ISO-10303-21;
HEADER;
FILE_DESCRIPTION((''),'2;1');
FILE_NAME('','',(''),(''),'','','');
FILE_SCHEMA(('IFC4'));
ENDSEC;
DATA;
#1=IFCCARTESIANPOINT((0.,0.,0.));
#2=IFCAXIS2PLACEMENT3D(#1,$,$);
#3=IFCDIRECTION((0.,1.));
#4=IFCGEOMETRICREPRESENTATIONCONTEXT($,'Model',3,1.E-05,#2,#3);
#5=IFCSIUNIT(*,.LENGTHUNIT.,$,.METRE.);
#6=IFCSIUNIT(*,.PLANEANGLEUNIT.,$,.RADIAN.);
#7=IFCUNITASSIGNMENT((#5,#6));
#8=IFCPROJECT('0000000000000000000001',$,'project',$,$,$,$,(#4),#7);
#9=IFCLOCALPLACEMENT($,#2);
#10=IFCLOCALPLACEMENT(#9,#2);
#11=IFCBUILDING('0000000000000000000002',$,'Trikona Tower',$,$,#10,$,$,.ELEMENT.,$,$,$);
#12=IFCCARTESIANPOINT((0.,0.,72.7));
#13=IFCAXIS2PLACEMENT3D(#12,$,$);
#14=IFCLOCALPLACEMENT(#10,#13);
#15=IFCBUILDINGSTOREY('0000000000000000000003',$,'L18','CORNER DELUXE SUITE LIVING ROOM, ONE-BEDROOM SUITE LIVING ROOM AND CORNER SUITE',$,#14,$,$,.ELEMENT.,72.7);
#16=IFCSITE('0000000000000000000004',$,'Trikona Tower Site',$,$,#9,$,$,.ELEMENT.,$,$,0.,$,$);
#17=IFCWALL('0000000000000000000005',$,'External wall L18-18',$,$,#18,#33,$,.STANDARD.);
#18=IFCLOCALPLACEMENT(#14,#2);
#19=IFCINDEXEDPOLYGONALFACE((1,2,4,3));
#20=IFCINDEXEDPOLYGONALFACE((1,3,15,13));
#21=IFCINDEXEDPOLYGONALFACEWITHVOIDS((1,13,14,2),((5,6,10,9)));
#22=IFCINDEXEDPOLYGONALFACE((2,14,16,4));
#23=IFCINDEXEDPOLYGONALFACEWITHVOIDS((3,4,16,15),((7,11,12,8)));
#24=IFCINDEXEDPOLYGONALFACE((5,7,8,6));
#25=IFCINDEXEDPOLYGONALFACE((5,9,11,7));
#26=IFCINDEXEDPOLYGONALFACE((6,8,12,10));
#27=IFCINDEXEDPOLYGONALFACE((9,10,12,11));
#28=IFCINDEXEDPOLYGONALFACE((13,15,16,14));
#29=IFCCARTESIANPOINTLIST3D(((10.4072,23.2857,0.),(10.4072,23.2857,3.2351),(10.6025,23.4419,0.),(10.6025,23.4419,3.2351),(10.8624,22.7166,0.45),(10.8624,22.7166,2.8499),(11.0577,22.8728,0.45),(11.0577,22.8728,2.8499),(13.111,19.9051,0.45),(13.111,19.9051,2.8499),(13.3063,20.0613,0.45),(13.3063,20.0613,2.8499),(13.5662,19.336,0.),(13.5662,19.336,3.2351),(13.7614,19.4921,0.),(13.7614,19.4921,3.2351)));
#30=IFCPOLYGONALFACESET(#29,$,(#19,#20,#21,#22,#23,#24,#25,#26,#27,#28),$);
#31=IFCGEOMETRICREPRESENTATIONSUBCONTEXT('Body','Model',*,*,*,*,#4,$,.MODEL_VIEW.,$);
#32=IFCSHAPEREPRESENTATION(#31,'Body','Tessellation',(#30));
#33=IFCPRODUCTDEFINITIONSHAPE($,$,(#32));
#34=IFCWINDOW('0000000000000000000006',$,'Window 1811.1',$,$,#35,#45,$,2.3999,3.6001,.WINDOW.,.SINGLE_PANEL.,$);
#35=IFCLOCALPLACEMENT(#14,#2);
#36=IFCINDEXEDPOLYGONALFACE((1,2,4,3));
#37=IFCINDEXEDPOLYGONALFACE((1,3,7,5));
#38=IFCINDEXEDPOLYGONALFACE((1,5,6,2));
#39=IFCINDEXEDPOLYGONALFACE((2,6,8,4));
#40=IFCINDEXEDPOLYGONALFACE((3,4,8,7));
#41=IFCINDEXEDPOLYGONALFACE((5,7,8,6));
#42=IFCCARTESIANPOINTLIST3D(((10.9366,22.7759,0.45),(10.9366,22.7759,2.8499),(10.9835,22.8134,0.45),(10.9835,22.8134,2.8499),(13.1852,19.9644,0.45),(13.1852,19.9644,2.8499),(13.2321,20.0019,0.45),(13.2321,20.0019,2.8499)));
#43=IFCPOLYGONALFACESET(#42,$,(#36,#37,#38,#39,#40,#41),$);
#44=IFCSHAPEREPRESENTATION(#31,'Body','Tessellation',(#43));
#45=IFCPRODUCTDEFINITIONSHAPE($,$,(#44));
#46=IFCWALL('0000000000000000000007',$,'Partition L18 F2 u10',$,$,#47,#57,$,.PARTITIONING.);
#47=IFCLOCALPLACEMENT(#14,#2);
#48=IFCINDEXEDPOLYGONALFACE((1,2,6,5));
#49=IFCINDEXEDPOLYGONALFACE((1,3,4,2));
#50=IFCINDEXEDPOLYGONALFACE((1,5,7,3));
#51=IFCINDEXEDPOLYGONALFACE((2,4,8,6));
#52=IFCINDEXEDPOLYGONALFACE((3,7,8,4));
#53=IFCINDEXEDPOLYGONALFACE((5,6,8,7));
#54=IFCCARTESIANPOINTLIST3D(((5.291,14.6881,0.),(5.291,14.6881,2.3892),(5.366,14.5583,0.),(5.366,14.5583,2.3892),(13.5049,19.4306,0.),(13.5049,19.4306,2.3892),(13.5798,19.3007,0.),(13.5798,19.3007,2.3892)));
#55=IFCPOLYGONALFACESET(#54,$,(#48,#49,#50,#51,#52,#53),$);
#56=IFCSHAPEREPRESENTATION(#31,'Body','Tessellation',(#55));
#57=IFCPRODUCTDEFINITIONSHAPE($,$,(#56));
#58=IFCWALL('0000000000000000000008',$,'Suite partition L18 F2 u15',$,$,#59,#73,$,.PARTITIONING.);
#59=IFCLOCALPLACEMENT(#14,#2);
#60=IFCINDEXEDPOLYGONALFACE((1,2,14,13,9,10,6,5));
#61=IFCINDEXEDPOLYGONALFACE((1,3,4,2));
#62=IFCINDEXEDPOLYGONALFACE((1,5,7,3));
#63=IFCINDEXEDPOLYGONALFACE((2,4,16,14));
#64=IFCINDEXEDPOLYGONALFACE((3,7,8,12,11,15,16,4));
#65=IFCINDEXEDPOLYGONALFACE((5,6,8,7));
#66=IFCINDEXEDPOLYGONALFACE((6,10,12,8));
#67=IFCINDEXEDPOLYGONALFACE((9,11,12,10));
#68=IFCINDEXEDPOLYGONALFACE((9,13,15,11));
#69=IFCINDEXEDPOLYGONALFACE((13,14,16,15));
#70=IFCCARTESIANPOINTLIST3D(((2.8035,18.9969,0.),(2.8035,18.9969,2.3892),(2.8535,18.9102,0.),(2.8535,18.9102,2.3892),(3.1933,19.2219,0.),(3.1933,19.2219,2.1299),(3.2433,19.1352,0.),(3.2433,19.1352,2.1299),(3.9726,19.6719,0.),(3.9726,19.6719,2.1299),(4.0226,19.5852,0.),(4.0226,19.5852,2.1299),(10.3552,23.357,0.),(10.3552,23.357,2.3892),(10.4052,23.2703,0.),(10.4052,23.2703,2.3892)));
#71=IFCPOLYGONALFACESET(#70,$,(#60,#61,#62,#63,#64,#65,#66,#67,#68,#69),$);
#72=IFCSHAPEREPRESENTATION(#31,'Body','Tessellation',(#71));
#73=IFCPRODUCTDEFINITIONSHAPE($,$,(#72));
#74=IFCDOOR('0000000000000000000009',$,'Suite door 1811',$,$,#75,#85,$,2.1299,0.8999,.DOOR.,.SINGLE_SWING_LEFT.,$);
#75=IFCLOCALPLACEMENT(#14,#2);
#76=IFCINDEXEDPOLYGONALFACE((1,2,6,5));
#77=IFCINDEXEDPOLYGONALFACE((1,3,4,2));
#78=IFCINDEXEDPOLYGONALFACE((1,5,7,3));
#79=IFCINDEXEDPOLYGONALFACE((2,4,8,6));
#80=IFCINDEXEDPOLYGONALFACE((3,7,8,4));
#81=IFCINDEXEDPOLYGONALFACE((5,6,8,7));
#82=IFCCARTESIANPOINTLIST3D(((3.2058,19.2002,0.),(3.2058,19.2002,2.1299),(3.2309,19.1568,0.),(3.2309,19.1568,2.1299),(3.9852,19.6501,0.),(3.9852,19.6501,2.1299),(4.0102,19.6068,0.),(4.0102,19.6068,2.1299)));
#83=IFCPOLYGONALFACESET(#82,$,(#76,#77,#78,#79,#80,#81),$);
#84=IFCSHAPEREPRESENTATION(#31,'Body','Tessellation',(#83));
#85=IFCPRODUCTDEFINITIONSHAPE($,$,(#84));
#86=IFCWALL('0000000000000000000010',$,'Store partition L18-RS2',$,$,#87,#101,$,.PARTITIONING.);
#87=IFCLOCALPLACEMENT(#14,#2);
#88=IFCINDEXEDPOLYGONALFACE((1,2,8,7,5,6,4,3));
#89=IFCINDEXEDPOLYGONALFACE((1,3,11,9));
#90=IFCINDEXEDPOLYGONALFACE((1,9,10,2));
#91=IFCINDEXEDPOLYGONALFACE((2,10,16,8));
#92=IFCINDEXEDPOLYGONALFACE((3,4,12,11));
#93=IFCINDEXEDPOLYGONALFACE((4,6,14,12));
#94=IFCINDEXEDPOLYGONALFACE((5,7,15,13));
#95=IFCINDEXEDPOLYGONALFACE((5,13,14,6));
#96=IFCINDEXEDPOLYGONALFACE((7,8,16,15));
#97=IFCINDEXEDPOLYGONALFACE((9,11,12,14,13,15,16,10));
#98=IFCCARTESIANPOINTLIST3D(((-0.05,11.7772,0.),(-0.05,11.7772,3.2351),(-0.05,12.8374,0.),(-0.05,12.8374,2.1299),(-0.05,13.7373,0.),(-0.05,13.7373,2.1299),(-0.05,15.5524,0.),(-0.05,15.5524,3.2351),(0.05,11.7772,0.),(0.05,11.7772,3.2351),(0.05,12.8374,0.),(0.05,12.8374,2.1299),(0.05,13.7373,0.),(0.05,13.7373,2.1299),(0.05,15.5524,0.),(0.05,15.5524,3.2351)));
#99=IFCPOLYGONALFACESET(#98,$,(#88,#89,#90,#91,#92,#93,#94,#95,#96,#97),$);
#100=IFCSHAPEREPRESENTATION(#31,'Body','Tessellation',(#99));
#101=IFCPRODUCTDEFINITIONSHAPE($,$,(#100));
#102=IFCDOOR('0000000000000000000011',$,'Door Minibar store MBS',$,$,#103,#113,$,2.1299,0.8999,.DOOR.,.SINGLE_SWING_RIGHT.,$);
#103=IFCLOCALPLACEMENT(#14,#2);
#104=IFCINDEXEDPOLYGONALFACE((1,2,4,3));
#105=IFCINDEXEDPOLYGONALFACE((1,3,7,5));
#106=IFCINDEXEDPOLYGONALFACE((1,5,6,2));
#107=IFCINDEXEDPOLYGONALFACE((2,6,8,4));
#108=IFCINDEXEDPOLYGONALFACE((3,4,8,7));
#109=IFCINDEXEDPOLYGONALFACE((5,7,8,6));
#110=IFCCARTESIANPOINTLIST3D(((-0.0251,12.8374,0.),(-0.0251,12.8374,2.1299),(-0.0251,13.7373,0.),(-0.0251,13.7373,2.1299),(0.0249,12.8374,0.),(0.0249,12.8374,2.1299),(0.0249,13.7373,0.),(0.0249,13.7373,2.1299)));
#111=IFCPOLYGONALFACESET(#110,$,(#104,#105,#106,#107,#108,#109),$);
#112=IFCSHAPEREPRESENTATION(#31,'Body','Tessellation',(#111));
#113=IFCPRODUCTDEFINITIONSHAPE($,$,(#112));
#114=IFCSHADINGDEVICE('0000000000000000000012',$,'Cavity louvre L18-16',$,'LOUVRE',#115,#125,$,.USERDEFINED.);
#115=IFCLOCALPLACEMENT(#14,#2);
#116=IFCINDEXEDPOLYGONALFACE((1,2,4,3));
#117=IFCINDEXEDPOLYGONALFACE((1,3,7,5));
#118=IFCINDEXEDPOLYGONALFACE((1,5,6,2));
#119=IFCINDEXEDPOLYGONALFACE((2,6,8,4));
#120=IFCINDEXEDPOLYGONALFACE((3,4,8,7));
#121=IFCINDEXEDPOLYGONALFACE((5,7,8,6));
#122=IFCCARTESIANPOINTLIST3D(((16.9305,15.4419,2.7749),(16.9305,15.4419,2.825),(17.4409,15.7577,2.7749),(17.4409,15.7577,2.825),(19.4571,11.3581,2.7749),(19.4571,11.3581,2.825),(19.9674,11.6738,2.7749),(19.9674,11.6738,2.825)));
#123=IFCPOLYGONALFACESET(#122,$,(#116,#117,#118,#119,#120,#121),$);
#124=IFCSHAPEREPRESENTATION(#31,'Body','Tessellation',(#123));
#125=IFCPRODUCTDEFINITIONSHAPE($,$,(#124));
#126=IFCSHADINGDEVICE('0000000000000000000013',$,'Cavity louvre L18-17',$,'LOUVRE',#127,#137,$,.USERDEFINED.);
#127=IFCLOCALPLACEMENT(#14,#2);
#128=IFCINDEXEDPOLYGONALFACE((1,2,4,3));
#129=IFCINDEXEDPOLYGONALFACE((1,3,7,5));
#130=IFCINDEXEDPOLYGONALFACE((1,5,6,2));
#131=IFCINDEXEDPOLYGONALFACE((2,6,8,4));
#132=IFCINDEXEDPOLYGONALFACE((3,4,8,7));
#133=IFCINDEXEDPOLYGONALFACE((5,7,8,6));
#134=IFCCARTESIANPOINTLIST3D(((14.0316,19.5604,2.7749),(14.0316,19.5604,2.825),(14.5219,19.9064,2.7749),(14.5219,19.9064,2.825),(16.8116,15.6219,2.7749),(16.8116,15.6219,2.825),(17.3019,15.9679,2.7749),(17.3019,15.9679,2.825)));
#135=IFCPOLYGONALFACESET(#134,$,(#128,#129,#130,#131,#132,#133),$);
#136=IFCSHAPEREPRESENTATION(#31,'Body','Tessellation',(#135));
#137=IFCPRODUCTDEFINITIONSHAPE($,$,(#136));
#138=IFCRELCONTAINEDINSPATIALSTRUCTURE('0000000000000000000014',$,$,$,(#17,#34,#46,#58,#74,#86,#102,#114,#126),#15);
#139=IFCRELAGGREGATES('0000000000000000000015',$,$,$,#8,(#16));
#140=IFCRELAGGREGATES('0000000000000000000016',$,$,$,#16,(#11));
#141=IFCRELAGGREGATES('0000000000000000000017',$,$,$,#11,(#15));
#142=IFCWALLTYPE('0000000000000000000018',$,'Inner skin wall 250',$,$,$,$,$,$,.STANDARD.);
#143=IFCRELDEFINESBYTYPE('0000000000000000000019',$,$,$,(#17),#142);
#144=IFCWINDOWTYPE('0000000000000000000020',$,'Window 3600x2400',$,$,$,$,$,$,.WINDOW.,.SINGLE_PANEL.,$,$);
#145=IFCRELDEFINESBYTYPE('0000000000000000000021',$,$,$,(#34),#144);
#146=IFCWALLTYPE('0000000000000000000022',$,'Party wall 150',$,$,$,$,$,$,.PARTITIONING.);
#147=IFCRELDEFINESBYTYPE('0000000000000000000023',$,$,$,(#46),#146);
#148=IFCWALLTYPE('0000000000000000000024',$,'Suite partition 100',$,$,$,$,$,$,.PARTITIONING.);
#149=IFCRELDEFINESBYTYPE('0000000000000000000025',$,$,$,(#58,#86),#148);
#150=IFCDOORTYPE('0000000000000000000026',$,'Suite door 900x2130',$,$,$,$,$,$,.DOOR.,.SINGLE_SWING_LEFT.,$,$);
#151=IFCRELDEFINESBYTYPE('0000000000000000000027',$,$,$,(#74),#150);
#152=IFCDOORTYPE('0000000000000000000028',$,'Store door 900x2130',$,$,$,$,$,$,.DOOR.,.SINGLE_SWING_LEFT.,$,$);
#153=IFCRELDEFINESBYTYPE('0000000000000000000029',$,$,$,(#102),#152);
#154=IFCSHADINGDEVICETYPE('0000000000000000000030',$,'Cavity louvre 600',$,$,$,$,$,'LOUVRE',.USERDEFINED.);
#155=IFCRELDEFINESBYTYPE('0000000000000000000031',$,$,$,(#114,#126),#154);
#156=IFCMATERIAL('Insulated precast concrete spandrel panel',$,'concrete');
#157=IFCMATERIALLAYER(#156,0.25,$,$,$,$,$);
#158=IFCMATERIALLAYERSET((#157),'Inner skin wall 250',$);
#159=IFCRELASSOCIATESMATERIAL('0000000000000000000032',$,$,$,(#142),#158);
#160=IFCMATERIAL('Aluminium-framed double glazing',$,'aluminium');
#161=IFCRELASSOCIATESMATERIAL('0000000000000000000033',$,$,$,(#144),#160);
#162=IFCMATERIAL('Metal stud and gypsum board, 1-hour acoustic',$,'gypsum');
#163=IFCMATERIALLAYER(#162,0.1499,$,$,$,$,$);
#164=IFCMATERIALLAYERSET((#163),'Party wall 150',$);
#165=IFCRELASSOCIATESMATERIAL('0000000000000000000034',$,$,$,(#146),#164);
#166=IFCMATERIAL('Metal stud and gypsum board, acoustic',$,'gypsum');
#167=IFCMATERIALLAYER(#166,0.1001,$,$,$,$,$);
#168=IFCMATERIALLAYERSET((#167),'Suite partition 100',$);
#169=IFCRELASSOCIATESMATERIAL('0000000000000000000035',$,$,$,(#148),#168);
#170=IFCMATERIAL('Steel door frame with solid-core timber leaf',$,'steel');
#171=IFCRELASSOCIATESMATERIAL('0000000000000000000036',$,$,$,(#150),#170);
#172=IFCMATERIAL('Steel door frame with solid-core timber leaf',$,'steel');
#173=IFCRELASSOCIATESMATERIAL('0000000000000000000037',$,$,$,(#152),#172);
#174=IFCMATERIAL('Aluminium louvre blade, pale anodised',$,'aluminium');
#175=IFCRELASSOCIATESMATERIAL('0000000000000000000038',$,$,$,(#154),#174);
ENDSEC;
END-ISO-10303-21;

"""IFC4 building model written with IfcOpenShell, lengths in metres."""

from ifc_helpers import new_model, si_unit, direction, frame, frame_2d, origin, origin_2d, place, context, subcontext, project, spatial, rectangle, extrude, material, layer, layer_set, type_object, element, fill, save


model = new_model("IFC4")

# Units and contexts
model_context = context("Model", 3, precision=1e-05, world=origin(), true_north=direction((0.0, 1.0)))
body_context = subcontext(model_context, "Body", "Model", "MODEL_VIEW")
ifc_project = project(units=[si_unit("LENGTHUNIT", "METRE"), si_unit("PLANEANGLEUNIT", "RADIAN")], contexts=[model_context])

# Site, building, storey
site_placement = place(None, origin())
site = spatial("IfcSite", under=ifc_project, at=site_placement, Name="Trikona Tower Site", CompositionType="ELEMENT", RefElevation=0.0)
building_placement = place(site_placement, origin())
building = spatial("IfcBuilding", under=site, at=building_placement, Name="Trikona Tower", CompositionType="ELEMENT")
storey_placement = place(building_placement, frame((0.0, 0.0, 72.7)))
storey = spatial("IfcBuildingStorey", under=building, at=storey_placement, Name="L18", Description="CORNER DELUXE SUITE LIVING ROOM, ONE-BEDROOM SUITE LIVING ROOM AND CORNER SUITE", CompositionType="ELEMENT", Elevation=72.7)

# Wall, opening, window
ifc_material_1 = material(Name="Insulated precast concrete spandrel panel", Category="concrete")
ifc_layer_1 = layer(ifc_material_1, 0.25)
ifc_layer_set_1 = layer_set([ifc_layer_1], Name="Inner skin wall 250")
wall_type_1 = type_object("IfcWallType", Name="Inner skin wall 250", PredefinedType="STANDARD", material=ifc_layer_set_1)
ifc_material_2 = material(Name="Aluminium-framed double glazing", Category="aluminium")
window_type = type_object("IfcWindowType", Name="Window 3600x2400", PartitioningType="SINGLE_PANEL", PredefinedType="WINDOW", material=ifc_material_2)
wall_1_placement = place(storey_placement, frame((13.6638, 19.4141, 0.0), z_axis=(0.0, 0.0, 1.0), x_axis=(-0.624595, 0.780949, 0.0)))
wall_1 = element("IfcWall", 1, at=wall_1_placement, inside=storey, type_object=wall_type_1, Name="External wall L18-18", PredefinedType="STANDARD", context=body_context, shape_type="SweptSolid", body=[
    extrude(rectangle(XDim=5.0576, YDim=0.25, at=frame_2d((2.5288, 0.0))), origin(), (0.0, 0.0, 1.0), 3.2351),
])
opening_1_placement = place(wall_1_placement, frame((0.7288, 0.0, 0.45)))
opening_1 = element("IfcOpeningElement", 2, at=opening_1_placement, cuts=wall_1, PredefinedType="OPENING", context=body_context, shape_type="SweptSolid", body=[
    extrude(rectangle(XDim=3.6001, YDim=2.3999, at=frame_2d((1.8, 1.2))), frame((0.0, 0.135, 0.0), z_axis=(0.0, -1.0, 0.0), x_axis=(1.0, 0.0, 0.0)), (0.0, 0.0, 1.0), 0.27),
])
window_1_placement = place(opening_1_placement, origin())
window_1 = element("IfcWindow", 3, at=window_1_placement, inside=storey, type_object=window_type, Name="Window 1811.1", OverallHeight=2.3999, OverallWidth=3.6001, PartitioningType="SINGLE_PANEL", PredefinedType="WINDOW", context=body_context, shape_type="SweptSolid", body=[
    extrude(rectangle(XDim=3.6001, YDim=2.3999, at=frame_2d((1.8, 1.2))), frame((0.0, 0.03, 0.0), z_axis=(0.0, -1.0, 0.0), x_axis=(1.0, 0.0, 0.0)), (0.0, 0.0, 1.0), 0.0601),
])
fill(opening_1, window_1)

# Wall
ifc_material_3 = material(Name="Metal stud and gypsum board, 1-hour acoustic", Category="gypsum")
ifc_layer_2 = layer(ifc_material_3, 0.1499)
ifc_layer_set_2 = layer_set([ifc_layer_2], Name="Party wall 150")
wall_type_2 = type_object("IfcWallType", Name="Party wall 150", PredefinedType="PARTITIONING", material=ifc_layer_set_2)
wall_2_placement = place(storey_placement, frame((5.3286, 14.6233, 0.0), z_axis=(0.0, 0.0, 1.0), x_axis=(0.866018, 0.500012, 0.0)))
element("IfcWall", 4, at=wall_2_placement, inside=storey, type_object=wall_type_2, Name="Partition L18 F2 u10", PredefinedType="PARTITIONING", context=body_context, shape_type="SweptSolid", body=[
    extrude(rectangle(XDim=9.4846, YDim=0.1499, at=frame_2d((4.7422, 0.0))), origin(), (0.0, 0.0, 1.0), 2.3892),
])

# Walls, openings, doors
ifc_material_4 = material(Name="Metal stud and gypsum board, acoustic", Category="gypsum")
ifc_layer_3 = layer(ifc_material_4, 0.1001)
ifc_layer_set_3 = layer_set([ifc_layer_3], Name="Suite partition 100")
wall_type_3 = type_object("IfcWallType", Name="Suite partition 100", PredefinedType="PARTITIONING", material=ifc_layer_set_3)
wall_3_placement = place(storey_placement, frame((2.8286, 18.9536, 0.0), z_axis=(0.0, 0.0, 1.0), x_axis=(0.866021, 0.500008, 0.0)))
wall_3 = element("IfcWall", 5, at=wall_3_placement, inside=storey, type_object=wall_type_3, Name="Suite partition L18 F2 u15", PredefinedType="PARTITIONING", context=body_context, shape_type="SweptSolid", body=[
    extrude(rectangle(XDim=8.72, YDim=0.1001, at=frame_2d((4.3599, 0.0))), origin(), (0.0, 0.0, 1.0), 2.3892),
])
opening_2_placement = place(wall_3_placement, frame((0.45, 0.0, 0.0)))
opening_2 = element("IfcOpeningElement", 6, at=opening_2_placement, cuts=wall_3, PredefinedType="OPENING", context=body_context, shape_type="SweptSolid", body=[
    extrude(rectangle(XDim=0.8999, YDim=2.1299, at=frame_2d((0.45, 1.0649))), frame((0.0, 0.0601, 0.0), z_axis=(0.0, -1.0, 0.0), x_axis=(1.0, 0.0, 0.0)), (0.0, 0.0, 1.0), 0.1201),
])
ifc_material_5 = material(Name="Steel door frame with solid-core timber leaf", Category="steel")
door_type_1 = type_object("IfcDoorType", Name="Suite door 900x2130", OperationType="SINGLE_SWING_LEFT", PredefinedType="DOOR", material=ifc_material_5)
door_1_placement = place(opening_2_placement, origin())
door_1 = element("IfcDoor", 7, at=door_1_placement, inside=storey, type_object=door_type_1, Name="Suite door 1811", OperationType="SINGLE_SWING_LEFT", OverallHeight=2.1299, OverallWidth=0.8999, PredefinedType="DOOR", context=body_context, shape_type="SweptSolid", body=[
    extrude(rectangle(XDim=0.8999, YDim=2.1299, at=frame_2d((0.45, 1.0649))), frame((0.0, 0.0249, 0.0), z_axis=(0.0, -1.0, 0.0), x_axis=(1.0, 0.0, 0.0)), (0.0, 0.0, 1.0), 0.05),
])
fill(opening_2, door_1)
wall_4_placement = place(storey_placement, frame((0.0, 15.5525, 0.0), z_axis=(0.0, 0.0, 1.0), x_axis=(0.0, -1.0, 0.0)))
wall_4 = element("IfcWall", 8, at=wall_4_placement, inside=storey, type_object=wall_type_3, Name="Store partition L18-RS2", PredefinedType="PARTITIONING", context=body_context, shape_type="SweptSolid", body=[
    extrude(rectangle(XDim=3.7751, YDim=0.1001, at=frame_2d((1.8877, 0.0))), origin(), (0.0, 0.0, 1.0), 3.2351),
])
opening_3_placement = place(wall_4_placement, frame((1.8152, 0.0, 0.0)))
opening_3 = element("IfcOpeningElement", 9, at=opening_3_placement, cuts=wall_4, PredefinedType="OPENING", context=body_context, shape_type="SweptSolid", body=[
    extrude(rectangle(XDim=0.8999, YDim=2.1299, at=frame_2d((0.45, 1.0649))), frame((0.0, 0.0601, 0.0), z_axis=(0.0, -1.0, 0.0), x_axis=(1.0, 0.0, 0.0)), (0.0, 0.0, 1.0), 0.1201),
])
ifc_material_6 = material(Name="Steel door frame with solid-core timber leaf", Category="steel")
door_type_2 = type_object("IfcDoorType", Name="Store door 900x2130", OperationType="SINGLE_SWING_LEFT", PredefinedType="DOOR", material=ifc_material_6)
door_2_placement = place(opening_3_placement, origin())
door_2 = element("IfcDoor", 10, at=door_2_placement, inside=storey, type_object=door_type_2, Name="Door Minibar store MBS", OperationType="SINGLE_SWING_RIGHT", OverallHeight=2.1299, OverallWidth=0.8999, PredefinedType="DOOR", context=body_context, shape_type="SweptSolid", body=[
    extrude(rectangle(XDim=0.8999, YDim=2.1299, at=frame_2d((0.45, 1.0649))), frame((0.0, 0.0249, 0.0), z_axis=(0.0, -1.0, 0.0), x_axis=(1.0, 0.0, 0.0)), (0.0, 0.0, 1.0), 0.05),
])
fill(opening_3, door_2)

# Shading devices
ifc_material_7 = material(Name="Aluminium louvre blade, pale anodised", Category="aluminium")
shading_device_type = type_object("IfcShadingDeviceType", Name="Cavity louvre 600", ElementType="LOUVRE", PredefinedType="USERDEFINED", material=ifc_material_7)
shading_device_1_placement = place(storey_placement, frame((18.449, 13.5579, 2.7749), z_axis=(0.0, 0.0, 1.0), x_axis=(-0.526119, 0.850411, 0.0)))
element("IfcShadingDevice", 11, at=shading_device_1_placement, inside=storey, type_object=shading_device_type, Name="Cavity louvre L18-16", ObjectType="LOUVRE", PredefinedType="USERDEFINED", context=body_context, shape_type="SweptSolid", body=[
    extrude(rectangle(XDim=4.8022, YDim=0.6001, at=origin_2d()), origin(), (0.0, 0.0, 1.0), 0.05),
])
shading_device_2_placement = place(storey_placement, frame((15.6667, 17.7642, 2.7749), z_axis=(0.0, 0.0, 1.0), x_axis=(-0.576662, 0.816983, 0.0)))
element("IfcShadingDevice", 12, at=shading_device_2_placement, inside=storey, type_object=shading_device_type, Name="Cavity louvre L18-17", ObjectType="LOUVRE", PredefinedType="USERDEFINED", context=body_context, shape_type="SweptSolid", body=[
    extrude(rectangle(XDim=4.8208, YDim=0.6001, at=origin_2d()), origin(), (0.0, 0.0, 1.0), 0.05),
])

save(model, "model.ifc")
